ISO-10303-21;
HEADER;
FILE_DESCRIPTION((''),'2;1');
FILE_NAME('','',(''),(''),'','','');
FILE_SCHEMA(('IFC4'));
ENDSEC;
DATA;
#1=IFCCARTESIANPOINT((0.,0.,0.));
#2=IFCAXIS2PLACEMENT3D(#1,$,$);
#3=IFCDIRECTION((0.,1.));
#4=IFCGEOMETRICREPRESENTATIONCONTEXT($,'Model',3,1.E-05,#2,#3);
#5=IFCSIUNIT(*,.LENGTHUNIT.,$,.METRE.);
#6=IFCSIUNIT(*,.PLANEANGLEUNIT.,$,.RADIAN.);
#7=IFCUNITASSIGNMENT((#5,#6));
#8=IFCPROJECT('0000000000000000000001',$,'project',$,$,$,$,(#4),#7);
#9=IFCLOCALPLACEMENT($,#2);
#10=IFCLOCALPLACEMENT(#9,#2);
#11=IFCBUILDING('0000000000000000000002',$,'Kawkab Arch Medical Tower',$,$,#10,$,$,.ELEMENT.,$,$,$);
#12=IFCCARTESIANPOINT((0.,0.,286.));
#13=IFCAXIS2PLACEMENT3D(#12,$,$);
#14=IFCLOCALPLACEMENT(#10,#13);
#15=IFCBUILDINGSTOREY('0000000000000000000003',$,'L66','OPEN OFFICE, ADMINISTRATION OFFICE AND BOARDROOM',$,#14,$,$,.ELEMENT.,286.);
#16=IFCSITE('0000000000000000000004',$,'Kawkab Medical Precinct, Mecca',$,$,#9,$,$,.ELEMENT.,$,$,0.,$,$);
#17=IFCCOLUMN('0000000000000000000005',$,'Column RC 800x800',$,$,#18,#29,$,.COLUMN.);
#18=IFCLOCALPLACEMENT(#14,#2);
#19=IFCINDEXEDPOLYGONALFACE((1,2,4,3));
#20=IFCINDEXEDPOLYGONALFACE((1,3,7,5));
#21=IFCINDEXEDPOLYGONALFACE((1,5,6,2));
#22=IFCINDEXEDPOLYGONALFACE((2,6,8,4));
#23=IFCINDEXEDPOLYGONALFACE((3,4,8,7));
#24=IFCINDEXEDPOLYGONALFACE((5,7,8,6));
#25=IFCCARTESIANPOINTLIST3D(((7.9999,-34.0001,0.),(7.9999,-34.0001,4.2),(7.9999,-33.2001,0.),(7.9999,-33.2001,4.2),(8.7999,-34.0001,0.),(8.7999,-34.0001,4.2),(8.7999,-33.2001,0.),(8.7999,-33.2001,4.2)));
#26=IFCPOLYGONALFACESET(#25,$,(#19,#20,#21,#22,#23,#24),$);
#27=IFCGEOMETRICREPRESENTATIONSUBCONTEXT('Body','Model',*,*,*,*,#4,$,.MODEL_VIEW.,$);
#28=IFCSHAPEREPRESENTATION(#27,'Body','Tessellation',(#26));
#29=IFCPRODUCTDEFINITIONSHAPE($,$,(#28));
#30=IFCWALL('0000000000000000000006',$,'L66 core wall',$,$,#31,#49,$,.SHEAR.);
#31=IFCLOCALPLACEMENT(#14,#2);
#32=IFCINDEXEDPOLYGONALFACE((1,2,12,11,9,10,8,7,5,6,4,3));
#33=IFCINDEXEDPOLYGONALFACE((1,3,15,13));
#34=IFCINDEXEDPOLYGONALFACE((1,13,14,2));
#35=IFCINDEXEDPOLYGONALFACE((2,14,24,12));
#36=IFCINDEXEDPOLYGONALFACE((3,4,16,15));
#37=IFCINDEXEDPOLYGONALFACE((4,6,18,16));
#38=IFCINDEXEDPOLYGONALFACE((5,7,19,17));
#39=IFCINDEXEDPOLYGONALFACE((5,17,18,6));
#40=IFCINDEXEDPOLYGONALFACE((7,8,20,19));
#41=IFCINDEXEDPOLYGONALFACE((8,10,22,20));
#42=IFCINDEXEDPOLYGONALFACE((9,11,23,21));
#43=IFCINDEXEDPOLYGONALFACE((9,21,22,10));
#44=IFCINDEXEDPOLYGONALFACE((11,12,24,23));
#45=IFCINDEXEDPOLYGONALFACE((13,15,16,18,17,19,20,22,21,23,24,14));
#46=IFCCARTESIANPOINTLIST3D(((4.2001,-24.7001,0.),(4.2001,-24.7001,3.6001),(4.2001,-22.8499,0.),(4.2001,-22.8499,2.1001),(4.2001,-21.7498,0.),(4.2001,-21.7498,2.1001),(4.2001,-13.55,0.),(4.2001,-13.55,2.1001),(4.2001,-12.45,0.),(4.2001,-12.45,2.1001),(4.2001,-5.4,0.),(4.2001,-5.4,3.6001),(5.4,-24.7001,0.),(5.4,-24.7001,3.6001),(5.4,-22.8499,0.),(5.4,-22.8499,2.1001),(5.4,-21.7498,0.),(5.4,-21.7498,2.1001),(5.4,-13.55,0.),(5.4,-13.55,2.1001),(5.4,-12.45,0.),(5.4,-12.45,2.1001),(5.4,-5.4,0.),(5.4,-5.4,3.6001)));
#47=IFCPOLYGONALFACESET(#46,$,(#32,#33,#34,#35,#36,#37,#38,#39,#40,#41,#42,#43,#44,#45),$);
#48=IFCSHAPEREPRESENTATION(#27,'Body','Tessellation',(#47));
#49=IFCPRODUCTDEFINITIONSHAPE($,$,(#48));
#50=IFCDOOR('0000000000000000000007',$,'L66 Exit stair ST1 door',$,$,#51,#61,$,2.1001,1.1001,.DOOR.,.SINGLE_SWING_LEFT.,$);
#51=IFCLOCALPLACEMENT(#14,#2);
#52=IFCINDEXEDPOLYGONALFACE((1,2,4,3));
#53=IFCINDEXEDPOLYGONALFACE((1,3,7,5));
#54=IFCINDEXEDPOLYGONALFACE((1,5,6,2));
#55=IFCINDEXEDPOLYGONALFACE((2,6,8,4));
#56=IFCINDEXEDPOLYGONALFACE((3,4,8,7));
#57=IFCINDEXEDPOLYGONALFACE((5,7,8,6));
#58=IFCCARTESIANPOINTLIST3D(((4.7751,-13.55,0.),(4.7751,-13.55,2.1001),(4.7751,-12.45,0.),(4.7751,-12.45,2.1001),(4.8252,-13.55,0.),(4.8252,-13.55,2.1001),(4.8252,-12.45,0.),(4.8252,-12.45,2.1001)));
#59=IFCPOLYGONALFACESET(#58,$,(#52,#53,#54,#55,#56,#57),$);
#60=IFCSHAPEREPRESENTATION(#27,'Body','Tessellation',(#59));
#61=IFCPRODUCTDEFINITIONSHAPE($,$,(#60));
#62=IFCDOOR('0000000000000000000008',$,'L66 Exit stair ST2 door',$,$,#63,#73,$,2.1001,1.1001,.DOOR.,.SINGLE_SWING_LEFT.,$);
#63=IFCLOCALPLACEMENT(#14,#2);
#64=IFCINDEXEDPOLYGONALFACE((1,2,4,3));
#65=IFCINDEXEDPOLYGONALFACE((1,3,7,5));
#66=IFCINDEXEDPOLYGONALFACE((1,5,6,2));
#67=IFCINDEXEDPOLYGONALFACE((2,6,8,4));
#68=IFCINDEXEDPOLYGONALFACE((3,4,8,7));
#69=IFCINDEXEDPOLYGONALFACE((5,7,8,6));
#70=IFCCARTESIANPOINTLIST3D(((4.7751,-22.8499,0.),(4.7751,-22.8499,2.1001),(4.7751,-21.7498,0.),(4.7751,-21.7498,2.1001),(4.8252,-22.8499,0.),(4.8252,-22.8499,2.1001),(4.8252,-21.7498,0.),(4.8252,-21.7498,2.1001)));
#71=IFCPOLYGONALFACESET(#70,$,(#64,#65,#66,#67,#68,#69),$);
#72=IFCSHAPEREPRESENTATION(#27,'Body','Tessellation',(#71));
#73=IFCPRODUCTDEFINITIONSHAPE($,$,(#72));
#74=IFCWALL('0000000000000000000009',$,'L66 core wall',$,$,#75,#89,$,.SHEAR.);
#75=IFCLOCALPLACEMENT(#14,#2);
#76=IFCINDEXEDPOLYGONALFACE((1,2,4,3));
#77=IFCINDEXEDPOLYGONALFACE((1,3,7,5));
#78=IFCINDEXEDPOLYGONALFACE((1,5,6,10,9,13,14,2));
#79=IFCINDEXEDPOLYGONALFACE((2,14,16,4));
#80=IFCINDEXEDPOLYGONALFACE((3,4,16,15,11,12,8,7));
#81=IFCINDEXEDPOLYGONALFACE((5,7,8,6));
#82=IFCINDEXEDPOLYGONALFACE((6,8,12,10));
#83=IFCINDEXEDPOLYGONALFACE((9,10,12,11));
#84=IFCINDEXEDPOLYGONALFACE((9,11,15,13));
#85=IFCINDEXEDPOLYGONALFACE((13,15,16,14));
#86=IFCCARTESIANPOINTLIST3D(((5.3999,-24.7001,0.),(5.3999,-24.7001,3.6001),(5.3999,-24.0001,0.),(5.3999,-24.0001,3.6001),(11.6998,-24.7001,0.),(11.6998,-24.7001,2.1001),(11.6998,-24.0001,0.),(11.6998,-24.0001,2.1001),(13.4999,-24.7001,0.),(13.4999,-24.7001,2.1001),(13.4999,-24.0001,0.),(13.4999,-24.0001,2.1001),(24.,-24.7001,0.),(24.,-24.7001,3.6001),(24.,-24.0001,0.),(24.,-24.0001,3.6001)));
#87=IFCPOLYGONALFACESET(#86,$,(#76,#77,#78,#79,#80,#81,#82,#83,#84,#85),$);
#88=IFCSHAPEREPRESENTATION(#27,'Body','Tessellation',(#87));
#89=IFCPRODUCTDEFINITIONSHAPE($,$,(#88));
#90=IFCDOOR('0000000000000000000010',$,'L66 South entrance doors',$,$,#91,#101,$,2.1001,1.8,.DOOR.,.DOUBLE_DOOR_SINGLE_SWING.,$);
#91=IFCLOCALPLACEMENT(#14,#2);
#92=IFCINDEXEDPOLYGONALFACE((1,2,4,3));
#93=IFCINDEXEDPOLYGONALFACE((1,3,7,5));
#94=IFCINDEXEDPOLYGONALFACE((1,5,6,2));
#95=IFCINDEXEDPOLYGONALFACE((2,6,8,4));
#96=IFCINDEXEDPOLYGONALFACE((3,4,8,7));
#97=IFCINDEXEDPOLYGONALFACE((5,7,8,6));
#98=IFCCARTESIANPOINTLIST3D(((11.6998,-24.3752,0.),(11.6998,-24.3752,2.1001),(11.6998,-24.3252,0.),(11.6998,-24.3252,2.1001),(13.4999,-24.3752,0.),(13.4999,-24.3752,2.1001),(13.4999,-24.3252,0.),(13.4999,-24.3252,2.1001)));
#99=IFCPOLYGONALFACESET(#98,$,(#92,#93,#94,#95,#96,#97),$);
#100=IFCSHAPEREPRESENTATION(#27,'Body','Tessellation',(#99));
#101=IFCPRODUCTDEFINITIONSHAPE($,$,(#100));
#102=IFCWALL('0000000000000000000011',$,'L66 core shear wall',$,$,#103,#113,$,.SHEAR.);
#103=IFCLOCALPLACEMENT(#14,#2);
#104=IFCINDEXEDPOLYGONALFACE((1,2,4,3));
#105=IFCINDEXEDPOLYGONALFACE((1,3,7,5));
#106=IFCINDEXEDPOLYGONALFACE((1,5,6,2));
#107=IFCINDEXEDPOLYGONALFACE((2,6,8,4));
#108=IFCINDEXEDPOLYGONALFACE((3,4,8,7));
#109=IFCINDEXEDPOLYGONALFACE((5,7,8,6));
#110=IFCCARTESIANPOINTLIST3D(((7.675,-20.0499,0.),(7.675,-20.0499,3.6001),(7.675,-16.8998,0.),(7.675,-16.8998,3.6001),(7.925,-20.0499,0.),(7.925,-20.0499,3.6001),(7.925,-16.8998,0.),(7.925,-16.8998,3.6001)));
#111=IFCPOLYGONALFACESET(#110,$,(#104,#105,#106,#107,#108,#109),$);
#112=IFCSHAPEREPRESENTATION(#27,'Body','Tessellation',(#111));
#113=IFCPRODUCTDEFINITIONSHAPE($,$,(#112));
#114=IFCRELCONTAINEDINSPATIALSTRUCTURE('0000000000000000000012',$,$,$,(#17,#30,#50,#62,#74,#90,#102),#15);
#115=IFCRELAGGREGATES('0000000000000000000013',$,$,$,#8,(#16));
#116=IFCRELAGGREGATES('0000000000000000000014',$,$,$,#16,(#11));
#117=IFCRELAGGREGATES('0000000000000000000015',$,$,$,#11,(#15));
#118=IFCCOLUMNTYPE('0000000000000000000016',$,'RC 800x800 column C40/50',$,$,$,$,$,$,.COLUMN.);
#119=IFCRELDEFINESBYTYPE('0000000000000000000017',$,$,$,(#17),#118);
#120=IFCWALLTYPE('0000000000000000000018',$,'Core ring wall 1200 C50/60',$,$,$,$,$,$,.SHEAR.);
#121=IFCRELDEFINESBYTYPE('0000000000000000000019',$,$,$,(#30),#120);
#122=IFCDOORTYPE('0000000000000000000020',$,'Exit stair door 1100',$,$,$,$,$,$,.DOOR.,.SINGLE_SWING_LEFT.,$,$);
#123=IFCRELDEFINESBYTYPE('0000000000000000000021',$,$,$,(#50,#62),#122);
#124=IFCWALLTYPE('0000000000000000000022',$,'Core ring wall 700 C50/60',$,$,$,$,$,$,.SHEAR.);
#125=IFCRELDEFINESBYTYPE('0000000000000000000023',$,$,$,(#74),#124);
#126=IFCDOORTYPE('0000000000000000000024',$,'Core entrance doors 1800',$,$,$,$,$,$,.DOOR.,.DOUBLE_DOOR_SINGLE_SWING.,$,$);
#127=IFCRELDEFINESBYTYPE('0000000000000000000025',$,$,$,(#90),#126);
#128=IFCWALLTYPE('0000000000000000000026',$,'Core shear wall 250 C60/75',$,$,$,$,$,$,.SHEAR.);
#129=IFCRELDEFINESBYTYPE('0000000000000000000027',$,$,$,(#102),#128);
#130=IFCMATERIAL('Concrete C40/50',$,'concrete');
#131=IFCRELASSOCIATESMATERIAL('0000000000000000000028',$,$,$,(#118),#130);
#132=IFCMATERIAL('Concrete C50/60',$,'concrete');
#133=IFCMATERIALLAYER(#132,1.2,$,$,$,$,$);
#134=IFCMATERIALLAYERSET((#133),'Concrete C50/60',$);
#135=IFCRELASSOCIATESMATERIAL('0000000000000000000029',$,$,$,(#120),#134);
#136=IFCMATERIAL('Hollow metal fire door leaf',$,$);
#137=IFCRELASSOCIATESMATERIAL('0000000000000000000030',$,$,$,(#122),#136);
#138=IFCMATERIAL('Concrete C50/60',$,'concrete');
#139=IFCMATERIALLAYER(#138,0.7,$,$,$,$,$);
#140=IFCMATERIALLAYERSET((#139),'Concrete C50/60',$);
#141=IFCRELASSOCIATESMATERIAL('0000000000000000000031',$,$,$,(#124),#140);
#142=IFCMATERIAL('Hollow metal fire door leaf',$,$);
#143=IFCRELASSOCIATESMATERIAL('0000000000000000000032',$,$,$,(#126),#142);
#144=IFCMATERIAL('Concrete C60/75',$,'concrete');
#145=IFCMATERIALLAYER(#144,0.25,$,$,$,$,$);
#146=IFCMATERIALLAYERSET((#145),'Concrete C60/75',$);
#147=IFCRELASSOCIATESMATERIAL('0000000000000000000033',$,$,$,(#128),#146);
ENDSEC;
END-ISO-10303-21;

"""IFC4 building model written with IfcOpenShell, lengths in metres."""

from ifc_helpers import new_model, si_unit, direction, frame, frame_2d, origin, origin_2d, place, context, subcontext, project, spatial, rectangle, extrude, material, layer, layer_set, material_profile, profile_set, type_object, element, fill, save


model = new_model("IFC4")

# Units and contexts
model_context = context("Model", 3, precision=1e-05, world=origin(), true_north=direction((0.0, 1.0)))
body_context = subcontext(model_context, "Body", "Model", "MODEL_VIEW")
ifc_project = project(units=[si_unit("LENGTHUNIT", "METRE"), si_unit("PLANEANGLEUNIT", "RADIAN")], contexts=[model_context])

# Site, building, storey
site_placement = place(None, origin())
site = spatial("IfcSite", under=ifc_project, at=site_placement, Name="Kawkab Medical Precinct, Mecca", CompositionType="ELEMENT", RefElevation=0.0)
building_placement = place(site_placement, origin())
building = spatial("IfcBuilding", under=site, at=building_placement, Name="Kawkab Arch Medical Tower", CompositionType="ELEMENT")
storey_placement = place(building_placement, frame((0.0, 0.0, 286.0)))
storey = spatial("IfcBuildingStorey", under=building, at=storey_placement, Name="L66", Description="OPEN OFFICE, ADMINISTRATION OFFICE AND BOARDROOM", CompositionType="ELEMENT", Elevation=286.0)

# Column
ifc_material_1 = material(Name="Concrete C40/50", Category="concrete")
ifc_material_profile = material_profile(ifc_material_1, rectangle(XDim=0.8, YDim=0.8, at=origin_2d()), Name="RC 800x800")
ifc_profile_set = profile_set([ifc_material_profile], Name="Concrete C40/50")
column_type = type_object("IfcColumnType", Name="RC 800x800 column C40/50", PredefinedType="COLUMN", material=ifc_profile_set)
column_placement = place(storey_placement, frame((8.3999, -33.6001, 0.0), z_axis=(0.0, 0.0, 1.0), x_axis=(1.0, 0.0, 0.0)))
element("IfcColumn", 1, at=column_placement, inside=storey, type_object=column_type, Name="Column RC 800x800", PredefinedType="COLUMN", context=body_context, shape_type="SweptSolid", body=[
    extrude(rectangle(XDim=0.8, YDim=0.8, at=origin_2d()), origin(), (0.0, 0.0, 1.0), 4.2),
])

# Wall, openings, doors
ifc_material_2 = material(Name="Concrete C50/60", Category="concrete")
ifc_layer_1 = layer(ifc_material_2, 1.2)
ifc_layer_set_1 = layer_set([ifc_layer_1], Name="Concrete C50/60")
wall_type_1 = type_object("IfcWallType", Name="Core ring wall 1200 C50/60", PredefinedType="SHEAR", material=ifc_layer_set_1)
wall_1_placement = place(storey_placement, frame((4.8, -24.7, 0.0), z_axis=(0.0, 0.0, 1.0), x_axis=(0.0, 1.0, 0.0)))
wall_1 = element("IfcWall", 2, at=wall_1_placement, inside=storey, type_object=wall_type_1, Name="L66 core wall", PredefinedType="SHEAR", context=body_context, shape_type="SweptSolid", body=[
    extrude(rectangle(XDim=19.3, YDim=1.2, at=frame_2d((9.6499, 0.0))), origin(), (0.0, 0.0, 1.0), 3.6001),
])
opening_1_placement = place(wall_1_placement, frame((11.1499, 0.0, 0.0)))
opening_1 = element("IfcOpeningElement", 3, at=opening_1_placement, cuts=wall_1, PredefinedType="OPENING", context=body_context, shape_type="SweptSolid", body=[
    extrude(rectangle(XDim=1.1001, YDim=2.1001, at=frame_2d((0.55, 1.05))), frame((0.0, 0.6099, 0.0), z_axis=(0.0, -1.0, 0.0), x_axis=(1.0, 0.0, 0.0)), (0.0, 0.0, 1.0), 1.22),
])
opening_2_placement = place(wall_1_placement, frame((1.8501, 0.0, 0.0)))
opening_2 = element("IfcOpeningElement", 4, at=opening_2_placement, cuts=wall_1, PredefinedType="OPENING", context=body_context, shape_type="SweptSolid", body=[
    extrude(rectangle(XDim=1.1001, YDim=2.1001, at=frame_2d((0.55, 1.05))), frame((0.0, 0.6099, 0.0), z_axis=(0.0, -1.0, 0.0), x_axis=(1.0, 0.0, 0.0)), (0.0, 0.0, 1.0), 1.22),
])
ifc_material_3 = material(Name="Hollow metal fire door leaf")
door_type_1 = type_object("IfcDoorType", Name="Exit stair door 1100", OperationType="SINGLE_SWING_LEFT", PredefinedType="DOOR", material=ifc_material_3)
door_1_placement = place(opening_1_placement, origin())
door_1 = element("IfcDoor", 5, at=door_1_placement, inside=storey, type_object=door_type_1, Name="L66 Exit stair ST1 door", OperationType="SINGLE_SWING_LEFT", OverallHeight=2.1001, OverallWidth=1.1001, PredefinedType="DOOR", context=body_context, shape_type="SweptSolid", body=[
    extrude(rectangle(XDim=1.1001, YDim=2.1001, at=frame_2d((0.55, 1.05))), frame((0.0, 0.0249, 0.0), z_axis=(0.0, -1.0, 0.0), x_axis=(1.0, 0.0, 0.0)), (0.0, 0.0, 1.0), 0.05),
])
fill(opening_1, door_1)
door_2_placement = place(opening_2_placement, origin())
door_2 = element("IfcDoor", 6, at=door_2_placement, inside=storey, type_object=door_type_1, Name="L66 Exit stair ST2 door", OperationType="SINGLE_SWING_LEFT", OverallHeight=2.1001, OverallWidth=1.1001, PredefinedType="DOOR", context=body_context, shape_type="SweptSolid", body=[
    extrude(rectangle(XDim=1.1001, YDim=2.1001, at=frame_2d((0.55, 1.05))), frame((0.0, 0.0249, 0.0), z_axis=(0.0, -1.0, 0.0), x_axis=(1.0, 0.0, 0.0)), (0.0, 0.0, 1.0), 0.05),
])
fill(opening_2, door_2)

# Wall, opening, door
ifc_material_4 = material(Name="Concrete C50/60", Category="concrete")
ifc_layer_2 = layer(ifc_material_4, 0.7)
ifc_layer_set_2 = layer_set([ifc_layer_2], Name="Concrete C50/60")
wall_type_2 = type_object("IfcWallType", Name="Core ring wall 700 C50/60", PredefinedType="SHEAR", material=ifc_layer_set_2)
wall_2_placement = place(storey_placement, frame((5.3999, -24.3501, 0.0), z_axis=(0.0, 0.0, 1.0), x_axis=(1.0, 0.0, 0.0)))
wall_2 = element("IfcWall", 7, at=wall_2_placement, inside=storey, type_object=wall_type_2, Name="L66 core wall", PredefinedType="SHEAR", context=body_context, shape_type="SweptSolid", body=[
    extrude(rectangle(XDim=18.6001, YDim=0.7, at=frame_2d((9.3, 0.0))), origin(), (0.0, 0.0, 1.0), 3.6001),
])
opening_3_placement = place(wall_2_placement, frame((6.3, 0.0, 0.0)))
opening_3 = element("IfcOpeningElement", 8, at=opening_3_placement, cuts=wall_2, PredefinedType="OPENING", context=body_context, shape_type="SweptSolid", body=[
    extrude(rectangle(XDim=1.8, YDim=2.1001, at=frame_2d((0.8999, 1.05))), frame((0.0, 0.3599, 0.0), z_axis=(0.0, -1.0, 0.0), x_axis=(1.0, 0.0, 0.0)), (0.0, 0.0, 1.0), 0.72),
])
ifc_material_5 = material(Name="Hollow metal fire door leaf")
door_type_2 = type_object("IfcDoorType", Name="Core entrance doors 1800", OperationType="DOUBLE_DOOR_SINGLE_SWING", PredefinedType="DOOR", material=ifc_material_5)
door_3_placement = place(opening_3_placement, origin())
door_3 = element("IfcDoor", 9, at=door_3_placement, inside=storey, type_object=door_type_2, Name="L66 South entrance doors", OperationType="DOUBLE_DOOR_SINGLE_SWING", OverallHeight=2.1001, OverallWidth=1.8, PredefinedType="DOOR", context=body_context, shape_type="SweptSolid", body=[
    extrude(rectangle(XDim=1.8, YDim=2.1001, at=frame_2d((0.8999, 1.05))), frame((0.0, 0.0249, 0.0), z_axis=(0.0, -1.0, 0.0), x_axis=(1.0, 0.0, 0.0)), (0.0, 0.0, 1.0), 0.05),
])
fill(opening_3, door_3)

# Wall
ifc_material_6 = material(Name="Concrete C60/75", Category="concrete")
ifc_layer_3 = layer(ifc_material_6, 0.25)
ifc_layer_set_3 = layer_set([ifc_layer_3], Name="Concrete C60/75")
wall_type_3 = type_object("IfcWallType", Name="Core shear wall 250 C60/75", PredefinedType="SHEAR", material=ifc_layer_set_3)
wall_3_placement = place(storey_placement, frame((7.8, -20.05, 0.0), z_axis=(0.0, 0.0, 1.0), x_axis=(0.0, 1.0, 0.0)))
element("IfcWall", 10, at=wall_3_placement, inside=storey, type_object=wall_type_3, Name="L66 core shear wall", PredefinedType="SHEAR", context=body_context, shape_type="SweptSolid", body=[
    extrude(rectangle(XDim=3.1501, YDim=0.25, at=frame_2d((1.5752, 0.0))), origin(), (0.0, 0.0, 1.0), 3.6001),
])

save(model, "model.ifc")
